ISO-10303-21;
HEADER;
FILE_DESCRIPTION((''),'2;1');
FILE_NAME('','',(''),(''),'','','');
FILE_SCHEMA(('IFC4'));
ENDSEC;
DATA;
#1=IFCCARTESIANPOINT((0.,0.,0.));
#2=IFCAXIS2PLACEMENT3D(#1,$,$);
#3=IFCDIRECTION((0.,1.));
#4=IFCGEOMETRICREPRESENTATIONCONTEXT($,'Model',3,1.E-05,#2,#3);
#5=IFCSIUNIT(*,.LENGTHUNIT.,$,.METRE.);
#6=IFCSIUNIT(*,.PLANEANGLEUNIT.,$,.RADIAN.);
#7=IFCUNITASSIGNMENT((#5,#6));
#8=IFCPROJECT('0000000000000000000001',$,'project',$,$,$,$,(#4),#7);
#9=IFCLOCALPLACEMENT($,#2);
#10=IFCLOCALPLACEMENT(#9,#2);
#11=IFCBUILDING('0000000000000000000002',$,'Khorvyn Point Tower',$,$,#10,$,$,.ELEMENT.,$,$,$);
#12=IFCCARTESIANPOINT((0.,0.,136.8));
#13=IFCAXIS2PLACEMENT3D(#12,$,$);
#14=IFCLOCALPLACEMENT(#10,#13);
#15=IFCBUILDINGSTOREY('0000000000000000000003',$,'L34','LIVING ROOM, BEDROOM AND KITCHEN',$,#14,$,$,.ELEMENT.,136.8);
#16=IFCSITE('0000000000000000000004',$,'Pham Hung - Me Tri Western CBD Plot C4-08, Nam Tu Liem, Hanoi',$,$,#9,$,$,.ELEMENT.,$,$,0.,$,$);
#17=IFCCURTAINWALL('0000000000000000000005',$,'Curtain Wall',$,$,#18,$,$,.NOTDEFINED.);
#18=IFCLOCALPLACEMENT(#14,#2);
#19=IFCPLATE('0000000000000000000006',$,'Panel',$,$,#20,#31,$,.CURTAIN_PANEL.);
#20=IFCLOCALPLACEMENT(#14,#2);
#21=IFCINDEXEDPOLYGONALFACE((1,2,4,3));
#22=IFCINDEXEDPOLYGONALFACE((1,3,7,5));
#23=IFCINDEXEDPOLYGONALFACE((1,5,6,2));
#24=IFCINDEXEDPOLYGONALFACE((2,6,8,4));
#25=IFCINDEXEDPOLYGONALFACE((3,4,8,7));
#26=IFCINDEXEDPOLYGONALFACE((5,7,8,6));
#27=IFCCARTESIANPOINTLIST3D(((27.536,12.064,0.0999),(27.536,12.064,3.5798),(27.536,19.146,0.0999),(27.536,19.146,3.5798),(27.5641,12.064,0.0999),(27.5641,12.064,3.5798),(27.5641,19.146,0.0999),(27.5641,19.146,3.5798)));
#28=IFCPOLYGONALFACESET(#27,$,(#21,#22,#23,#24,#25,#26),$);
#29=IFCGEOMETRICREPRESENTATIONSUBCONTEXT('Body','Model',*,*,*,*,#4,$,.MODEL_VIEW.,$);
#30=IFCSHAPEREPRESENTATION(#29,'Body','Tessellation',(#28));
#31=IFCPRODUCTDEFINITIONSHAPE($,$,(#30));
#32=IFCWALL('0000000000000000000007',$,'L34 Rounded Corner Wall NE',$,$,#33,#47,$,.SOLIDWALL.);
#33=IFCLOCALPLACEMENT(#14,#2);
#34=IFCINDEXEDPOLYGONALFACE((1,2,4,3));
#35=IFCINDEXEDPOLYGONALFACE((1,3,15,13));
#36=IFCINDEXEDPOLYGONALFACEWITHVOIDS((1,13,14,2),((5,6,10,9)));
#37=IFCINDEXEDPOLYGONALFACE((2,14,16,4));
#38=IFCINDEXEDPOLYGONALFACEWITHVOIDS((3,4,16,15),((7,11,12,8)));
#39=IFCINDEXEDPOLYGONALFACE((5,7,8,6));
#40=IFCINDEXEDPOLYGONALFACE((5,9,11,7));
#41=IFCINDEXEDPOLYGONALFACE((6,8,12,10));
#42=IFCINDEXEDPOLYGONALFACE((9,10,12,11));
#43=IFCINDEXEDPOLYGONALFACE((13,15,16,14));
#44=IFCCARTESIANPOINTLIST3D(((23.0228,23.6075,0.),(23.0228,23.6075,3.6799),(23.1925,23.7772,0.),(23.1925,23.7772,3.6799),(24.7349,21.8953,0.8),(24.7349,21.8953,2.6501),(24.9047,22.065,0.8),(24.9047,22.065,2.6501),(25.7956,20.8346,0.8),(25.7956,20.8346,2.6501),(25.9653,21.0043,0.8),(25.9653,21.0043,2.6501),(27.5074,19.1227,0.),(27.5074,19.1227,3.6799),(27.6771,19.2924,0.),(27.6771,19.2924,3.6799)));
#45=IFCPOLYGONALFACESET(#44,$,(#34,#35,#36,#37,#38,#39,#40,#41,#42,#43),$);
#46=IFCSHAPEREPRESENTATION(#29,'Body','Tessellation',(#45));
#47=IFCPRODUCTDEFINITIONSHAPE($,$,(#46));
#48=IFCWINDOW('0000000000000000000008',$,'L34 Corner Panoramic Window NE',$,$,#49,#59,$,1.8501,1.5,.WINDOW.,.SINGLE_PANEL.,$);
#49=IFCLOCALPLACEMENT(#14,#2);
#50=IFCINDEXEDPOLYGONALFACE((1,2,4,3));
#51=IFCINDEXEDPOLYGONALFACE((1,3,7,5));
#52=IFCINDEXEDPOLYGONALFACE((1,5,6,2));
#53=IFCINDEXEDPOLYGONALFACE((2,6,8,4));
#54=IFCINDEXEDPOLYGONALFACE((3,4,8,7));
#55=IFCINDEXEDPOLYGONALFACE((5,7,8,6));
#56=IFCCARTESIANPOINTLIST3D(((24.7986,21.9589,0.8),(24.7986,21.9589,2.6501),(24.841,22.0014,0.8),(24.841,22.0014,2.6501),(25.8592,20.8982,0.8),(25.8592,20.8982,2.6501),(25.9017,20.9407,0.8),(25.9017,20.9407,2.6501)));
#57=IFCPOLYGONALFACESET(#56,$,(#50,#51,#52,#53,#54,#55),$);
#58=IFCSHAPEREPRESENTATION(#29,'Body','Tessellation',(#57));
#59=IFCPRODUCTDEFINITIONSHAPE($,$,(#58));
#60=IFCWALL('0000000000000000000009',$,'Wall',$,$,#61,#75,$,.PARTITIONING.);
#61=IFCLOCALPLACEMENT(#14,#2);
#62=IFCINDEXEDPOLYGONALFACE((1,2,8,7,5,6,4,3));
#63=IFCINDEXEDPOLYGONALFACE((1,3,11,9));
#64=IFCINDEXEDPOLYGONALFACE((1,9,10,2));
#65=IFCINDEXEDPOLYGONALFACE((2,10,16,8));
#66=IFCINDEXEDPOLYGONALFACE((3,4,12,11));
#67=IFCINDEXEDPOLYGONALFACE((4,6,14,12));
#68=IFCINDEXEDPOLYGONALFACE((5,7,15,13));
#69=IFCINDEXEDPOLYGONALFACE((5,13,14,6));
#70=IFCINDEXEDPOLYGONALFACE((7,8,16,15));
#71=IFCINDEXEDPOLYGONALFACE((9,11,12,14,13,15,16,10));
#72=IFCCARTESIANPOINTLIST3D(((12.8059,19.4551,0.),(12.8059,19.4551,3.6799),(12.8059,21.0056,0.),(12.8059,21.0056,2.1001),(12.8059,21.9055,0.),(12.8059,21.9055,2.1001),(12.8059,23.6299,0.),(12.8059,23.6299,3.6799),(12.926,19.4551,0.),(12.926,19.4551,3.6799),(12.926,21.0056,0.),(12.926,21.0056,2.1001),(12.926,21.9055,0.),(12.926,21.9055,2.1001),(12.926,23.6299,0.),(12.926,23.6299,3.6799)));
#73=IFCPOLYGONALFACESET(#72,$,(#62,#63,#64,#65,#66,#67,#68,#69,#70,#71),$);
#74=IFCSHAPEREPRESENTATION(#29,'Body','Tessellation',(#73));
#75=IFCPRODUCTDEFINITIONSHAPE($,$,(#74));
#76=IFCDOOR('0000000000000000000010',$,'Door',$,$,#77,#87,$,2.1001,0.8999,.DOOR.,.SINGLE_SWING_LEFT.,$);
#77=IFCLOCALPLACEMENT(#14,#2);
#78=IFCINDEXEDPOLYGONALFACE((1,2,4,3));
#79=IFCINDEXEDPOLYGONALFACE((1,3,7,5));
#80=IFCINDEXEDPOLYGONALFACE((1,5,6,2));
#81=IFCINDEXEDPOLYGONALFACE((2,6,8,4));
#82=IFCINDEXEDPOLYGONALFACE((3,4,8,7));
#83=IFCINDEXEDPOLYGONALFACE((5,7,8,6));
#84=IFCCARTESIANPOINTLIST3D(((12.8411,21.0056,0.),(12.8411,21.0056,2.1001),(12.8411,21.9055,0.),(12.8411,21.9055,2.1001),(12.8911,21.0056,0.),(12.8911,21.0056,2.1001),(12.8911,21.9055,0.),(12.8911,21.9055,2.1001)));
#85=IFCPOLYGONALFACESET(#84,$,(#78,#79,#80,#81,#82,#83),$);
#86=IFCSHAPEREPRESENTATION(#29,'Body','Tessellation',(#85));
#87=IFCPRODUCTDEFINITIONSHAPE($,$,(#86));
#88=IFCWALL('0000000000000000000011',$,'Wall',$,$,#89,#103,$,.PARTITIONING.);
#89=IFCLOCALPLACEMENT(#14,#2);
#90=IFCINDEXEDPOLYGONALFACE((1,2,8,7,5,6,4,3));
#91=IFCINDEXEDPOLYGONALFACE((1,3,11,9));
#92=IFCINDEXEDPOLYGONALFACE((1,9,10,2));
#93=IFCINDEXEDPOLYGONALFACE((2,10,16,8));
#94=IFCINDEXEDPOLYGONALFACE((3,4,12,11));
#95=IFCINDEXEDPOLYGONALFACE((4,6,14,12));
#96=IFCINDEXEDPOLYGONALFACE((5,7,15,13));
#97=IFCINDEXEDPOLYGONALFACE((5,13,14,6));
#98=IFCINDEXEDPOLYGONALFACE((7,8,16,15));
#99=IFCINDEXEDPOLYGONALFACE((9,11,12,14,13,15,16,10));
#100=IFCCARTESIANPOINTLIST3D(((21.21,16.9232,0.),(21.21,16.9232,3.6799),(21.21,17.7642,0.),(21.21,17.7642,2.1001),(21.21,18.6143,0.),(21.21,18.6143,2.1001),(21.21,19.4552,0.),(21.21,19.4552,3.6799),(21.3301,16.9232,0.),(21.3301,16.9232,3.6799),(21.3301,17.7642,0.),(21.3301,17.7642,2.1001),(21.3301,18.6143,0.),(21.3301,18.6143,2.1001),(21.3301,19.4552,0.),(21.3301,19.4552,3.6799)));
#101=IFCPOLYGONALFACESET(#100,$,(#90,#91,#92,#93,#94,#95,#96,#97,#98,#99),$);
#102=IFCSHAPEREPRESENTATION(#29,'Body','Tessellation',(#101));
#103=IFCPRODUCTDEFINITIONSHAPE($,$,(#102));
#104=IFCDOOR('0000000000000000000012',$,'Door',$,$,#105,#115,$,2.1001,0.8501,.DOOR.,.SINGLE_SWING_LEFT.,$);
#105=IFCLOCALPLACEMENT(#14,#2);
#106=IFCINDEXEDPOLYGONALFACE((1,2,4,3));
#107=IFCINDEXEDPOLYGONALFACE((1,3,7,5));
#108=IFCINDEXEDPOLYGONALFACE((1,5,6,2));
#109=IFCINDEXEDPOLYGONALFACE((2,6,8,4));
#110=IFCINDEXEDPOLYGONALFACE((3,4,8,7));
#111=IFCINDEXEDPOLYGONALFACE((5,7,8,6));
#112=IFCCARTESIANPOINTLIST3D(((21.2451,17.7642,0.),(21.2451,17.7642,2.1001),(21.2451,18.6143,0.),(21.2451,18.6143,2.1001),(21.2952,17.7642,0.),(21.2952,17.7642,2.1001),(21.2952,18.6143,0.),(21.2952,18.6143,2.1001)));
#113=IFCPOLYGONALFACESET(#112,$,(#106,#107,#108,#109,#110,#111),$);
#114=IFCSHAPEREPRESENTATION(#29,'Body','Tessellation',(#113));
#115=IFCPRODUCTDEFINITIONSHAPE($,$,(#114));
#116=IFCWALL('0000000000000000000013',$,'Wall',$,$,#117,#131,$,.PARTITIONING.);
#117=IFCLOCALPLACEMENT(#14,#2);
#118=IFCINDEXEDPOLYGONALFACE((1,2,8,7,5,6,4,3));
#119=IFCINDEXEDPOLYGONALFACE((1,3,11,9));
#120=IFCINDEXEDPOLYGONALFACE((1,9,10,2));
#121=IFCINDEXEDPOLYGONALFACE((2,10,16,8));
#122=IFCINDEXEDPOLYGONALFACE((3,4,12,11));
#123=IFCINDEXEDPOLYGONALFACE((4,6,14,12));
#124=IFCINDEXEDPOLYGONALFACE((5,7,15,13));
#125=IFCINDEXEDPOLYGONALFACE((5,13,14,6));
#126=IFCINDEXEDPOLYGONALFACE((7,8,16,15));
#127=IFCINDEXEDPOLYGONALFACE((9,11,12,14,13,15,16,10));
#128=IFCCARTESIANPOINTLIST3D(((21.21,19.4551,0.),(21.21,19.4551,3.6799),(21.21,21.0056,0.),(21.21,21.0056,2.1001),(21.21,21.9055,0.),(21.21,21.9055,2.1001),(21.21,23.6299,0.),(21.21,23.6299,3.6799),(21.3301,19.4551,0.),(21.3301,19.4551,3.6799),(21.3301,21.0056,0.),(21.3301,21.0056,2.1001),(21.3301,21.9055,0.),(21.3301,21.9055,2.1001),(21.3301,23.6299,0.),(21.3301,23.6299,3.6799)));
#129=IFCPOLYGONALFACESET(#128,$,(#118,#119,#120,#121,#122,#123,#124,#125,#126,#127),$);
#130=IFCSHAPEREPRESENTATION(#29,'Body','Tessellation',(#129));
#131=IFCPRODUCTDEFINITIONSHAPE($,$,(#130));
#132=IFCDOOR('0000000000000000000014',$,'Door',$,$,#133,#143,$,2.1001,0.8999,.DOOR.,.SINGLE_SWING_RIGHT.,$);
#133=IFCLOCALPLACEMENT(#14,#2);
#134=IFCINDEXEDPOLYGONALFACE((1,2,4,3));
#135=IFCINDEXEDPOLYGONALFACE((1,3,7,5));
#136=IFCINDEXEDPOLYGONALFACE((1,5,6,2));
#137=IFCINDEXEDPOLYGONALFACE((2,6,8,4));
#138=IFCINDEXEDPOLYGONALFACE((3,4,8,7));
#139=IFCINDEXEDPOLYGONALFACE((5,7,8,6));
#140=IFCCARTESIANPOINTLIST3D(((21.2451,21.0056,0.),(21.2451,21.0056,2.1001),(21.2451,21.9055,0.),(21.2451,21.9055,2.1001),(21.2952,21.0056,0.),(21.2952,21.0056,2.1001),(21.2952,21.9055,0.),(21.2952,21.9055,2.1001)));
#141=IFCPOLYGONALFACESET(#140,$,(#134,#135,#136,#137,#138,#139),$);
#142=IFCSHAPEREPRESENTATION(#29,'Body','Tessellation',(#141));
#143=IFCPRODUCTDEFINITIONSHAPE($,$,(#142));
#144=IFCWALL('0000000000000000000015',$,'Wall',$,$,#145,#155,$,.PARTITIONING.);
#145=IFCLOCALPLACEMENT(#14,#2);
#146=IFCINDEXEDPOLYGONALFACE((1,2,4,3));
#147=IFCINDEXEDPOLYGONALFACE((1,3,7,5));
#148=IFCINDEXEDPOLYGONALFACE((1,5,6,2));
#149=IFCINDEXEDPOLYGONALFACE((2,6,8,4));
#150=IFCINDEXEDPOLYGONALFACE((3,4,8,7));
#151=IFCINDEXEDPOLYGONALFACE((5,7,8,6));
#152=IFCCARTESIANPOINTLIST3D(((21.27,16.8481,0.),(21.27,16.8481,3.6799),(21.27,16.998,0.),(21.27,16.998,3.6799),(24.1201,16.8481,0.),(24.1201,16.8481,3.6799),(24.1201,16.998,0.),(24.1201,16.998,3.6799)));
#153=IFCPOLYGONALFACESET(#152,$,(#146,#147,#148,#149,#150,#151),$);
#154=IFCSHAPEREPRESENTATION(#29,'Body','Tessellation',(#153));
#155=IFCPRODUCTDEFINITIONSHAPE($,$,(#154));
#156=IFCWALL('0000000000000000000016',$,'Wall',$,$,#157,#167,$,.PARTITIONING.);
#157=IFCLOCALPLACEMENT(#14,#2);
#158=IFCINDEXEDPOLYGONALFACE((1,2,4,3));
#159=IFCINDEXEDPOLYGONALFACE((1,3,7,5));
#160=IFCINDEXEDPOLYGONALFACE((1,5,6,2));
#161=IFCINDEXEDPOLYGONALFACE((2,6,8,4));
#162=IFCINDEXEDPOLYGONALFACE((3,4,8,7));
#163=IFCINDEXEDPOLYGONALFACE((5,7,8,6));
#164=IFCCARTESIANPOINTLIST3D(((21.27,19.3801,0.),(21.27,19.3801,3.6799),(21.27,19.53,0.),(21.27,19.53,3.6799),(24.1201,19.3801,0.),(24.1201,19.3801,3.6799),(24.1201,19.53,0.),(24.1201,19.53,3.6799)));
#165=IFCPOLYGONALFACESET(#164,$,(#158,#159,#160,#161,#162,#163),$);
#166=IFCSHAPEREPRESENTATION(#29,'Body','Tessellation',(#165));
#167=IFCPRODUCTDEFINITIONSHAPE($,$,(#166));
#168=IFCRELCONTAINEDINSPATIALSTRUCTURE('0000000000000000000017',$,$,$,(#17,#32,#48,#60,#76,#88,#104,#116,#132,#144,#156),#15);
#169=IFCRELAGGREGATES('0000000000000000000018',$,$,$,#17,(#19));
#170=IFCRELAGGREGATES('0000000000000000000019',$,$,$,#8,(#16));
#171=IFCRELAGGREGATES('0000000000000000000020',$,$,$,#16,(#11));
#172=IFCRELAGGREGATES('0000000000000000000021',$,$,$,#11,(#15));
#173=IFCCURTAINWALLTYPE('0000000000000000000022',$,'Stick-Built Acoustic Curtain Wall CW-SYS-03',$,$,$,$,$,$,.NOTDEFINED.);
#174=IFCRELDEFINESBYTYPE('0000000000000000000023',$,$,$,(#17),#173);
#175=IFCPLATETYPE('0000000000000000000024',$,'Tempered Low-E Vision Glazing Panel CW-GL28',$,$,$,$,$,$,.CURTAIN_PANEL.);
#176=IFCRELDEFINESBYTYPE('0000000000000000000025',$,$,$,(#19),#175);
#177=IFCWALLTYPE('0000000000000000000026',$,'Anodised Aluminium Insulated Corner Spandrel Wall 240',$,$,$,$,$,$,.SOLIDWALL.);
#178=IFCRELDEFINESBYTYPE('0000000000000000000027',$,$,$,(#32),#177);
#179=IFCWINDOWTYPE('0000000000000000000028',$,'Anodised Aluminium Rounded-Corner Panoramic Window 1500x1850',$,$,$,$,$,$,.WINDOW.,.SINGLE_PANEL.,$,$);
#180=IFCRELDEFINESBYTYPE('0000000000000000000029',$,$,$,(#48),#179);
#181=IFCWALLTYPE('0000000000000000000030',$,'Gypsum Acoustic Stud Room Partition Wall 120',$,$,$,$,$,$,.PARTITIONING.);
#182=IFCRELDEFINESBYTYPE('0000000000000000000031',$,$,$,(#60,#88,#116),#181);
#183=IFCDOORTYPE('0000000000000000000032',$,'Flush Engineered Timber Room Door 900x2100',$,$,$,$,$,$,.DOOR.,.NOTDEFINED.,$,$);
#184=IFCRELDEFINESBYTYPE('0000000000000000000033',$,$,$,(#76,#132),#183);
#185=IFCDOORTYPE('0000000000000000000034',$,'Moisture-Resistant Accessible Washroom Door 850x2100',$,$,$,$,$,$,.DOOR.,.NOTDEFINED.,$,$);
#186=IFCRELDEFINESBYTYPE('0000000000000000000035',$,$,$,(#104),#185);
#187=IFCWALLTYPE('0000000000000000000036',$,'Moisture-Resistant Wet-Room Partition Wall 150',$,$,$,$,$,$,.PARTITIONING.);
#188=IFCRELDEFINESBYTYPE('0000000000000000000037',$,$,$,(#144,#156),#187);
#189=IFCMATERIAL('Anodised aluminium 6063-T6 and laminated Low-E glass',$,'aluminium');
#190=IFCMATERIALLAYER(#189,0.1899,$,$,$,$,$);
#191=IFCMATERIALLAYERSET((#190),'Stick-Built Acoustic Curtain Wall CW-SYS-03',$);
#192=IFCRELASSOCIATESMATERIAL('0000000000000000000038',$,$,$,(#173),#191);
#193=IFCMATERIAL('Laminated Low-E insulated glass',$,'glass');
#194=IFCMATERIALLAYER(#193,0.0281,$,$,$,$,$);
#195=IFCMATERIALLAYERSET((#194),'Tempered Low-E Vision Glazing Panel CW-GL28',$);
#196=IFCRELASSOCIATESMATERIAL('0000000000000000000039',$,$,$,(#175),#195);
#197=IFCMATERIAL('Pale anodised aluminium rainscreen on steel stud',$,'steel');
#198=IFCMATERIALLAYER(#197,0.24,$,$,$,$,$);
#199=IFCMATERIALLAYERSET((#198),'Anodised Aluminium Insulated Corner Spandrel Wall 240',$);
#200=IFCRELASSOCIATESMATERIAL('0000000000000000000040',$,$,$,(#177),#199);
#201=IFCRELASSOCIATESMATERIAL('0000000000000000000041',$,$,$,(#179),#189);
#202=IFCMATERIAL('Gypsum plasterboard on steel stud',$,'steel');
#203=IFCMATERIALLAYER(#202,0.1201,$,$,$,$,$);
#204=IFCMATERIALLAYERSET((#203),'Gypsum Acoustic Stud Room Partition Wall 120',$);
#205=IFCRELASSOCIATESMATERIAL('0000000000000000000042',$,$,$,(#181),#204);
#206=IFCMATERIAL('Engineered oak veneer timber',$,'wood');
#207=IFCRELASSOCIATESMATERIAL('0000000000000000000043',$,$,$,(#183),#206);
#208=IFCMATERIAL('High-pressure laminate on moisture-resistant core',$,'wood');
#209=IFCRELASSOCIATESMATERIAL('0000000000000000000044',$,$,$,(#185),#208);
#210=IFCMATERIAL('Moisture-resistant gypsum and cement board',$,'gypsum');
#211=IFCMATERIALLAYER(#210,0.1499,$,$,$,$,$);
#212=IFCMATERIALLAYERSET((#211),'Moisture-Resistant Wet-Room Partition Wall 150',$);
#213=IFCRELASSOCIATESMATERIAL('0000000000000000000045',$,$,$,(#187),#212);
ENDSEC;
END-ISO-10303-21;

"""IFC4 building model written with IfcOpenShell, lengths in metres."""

from ifc_helpers import new_model, si_unit, direction, frame, frame_2d, origin, origin_2d, place, context, subcontext, project, spatial, rectangle, extrude, material, layer, layer_set, type_object, element, fill, aggregate, save


model = new_model("IFC4")

# Units and contexts
model_context = context("Model", 3, precision=1e-05, world=origin(), true_north=direction((0.0, 1.0)))
body_context = subcontext(model_context, "Body", "Model", "MODEL_VIEW")
ifc_project = project(units=[si_unit("LENGTHUNIT", "METRE"), si_unit("PLANEANGLEUNIT", "RADIAN")], contexts=[model_context])

# Site, building, storey
site_placement = place(None, origin())
site = spatial("IfcSite", under=ifc_project, at=site_placement, Name="Pham Hung - Me Tri Western CBD Plot C4-08, Nam Tu Liem, Hanoi", CompositionType="ELEMENT", RefElevation=0.0)
building_placement = place(site_placement, origin())
building = spatial("IfcBuilding", under=site, at=building_placement, Name="Khorvyn Point Tower", CompositionType="ELEMENT")
storey_placement = place(building_placement, frame((0.0, 0.0, 136.8)))
storey = spatial("IfcBuildingStorey", under=building, at=storey_placement, Name="L34", Description="LIVING ROOM, BEDROOM AND KITCHEN", CompositionType="ELEMENT", Elevation=136.8)

# Shared definitions
ifc_material_1 = material(Name="Anodised aluminium 6063-T6 and laminated Low-E glass", Category="aluminium")
ifc_layer_1 = layer(ifc_material_1, 0.1899)
ifc_layer_set_1 = layer_set([ifc_layer_1], Name="Stick-Built Acoustic Curtain Wall CW-SYS-03")
curtain_wall_type = type_object("IfcCurtainWallType", Name="Stick-Built Acoustic Curtain Wall CW-SYS-03", PredefinedType="NOTDEFINED", material=ifc_layer_set_1)

# Curtain wall
curtain_wall_1_placement = place(storey_placement, origin())
curtain_wall_1 = element("IfcCurtainWall", 1, at=curtain_wall_1_placement, inside=storey, type_object=curtain_wall_type, Name="Curtain Wall", PredefinedType="NOTDEFINED")

# Plate
ifc_material_2 = material(Name="Laminated Low-E insulated glass", Category="glass")
ifc_layer_2 = layer(ifc_material_2, 0.0281)
ifc_layer_set_2 = layer_set([ifc_layer_2], Name="Tempered Low-E Vision Glazing Panel CW-GL28")
plate_type = type_object("IfcPlateType", Name="Tempered Low-E Vision Glazing Panel CW-GL28", PredefinedType="CURTAIN_PANEL", material=ifc_layer_set_2)
plate_1_placement = place(storey_placement, frame((27.55, 15.605, 0.0999), z_axis=(0.0, 0.0, 1.0), x_axis=(0.0, -1.0, 0.0)))
plate_1 = element("IfcPlate", 2, at=plate_1_placement, type_object=plate_type, Name="Panel", PredefinedType="CURTAIN_PANEL", context=body_context, shape_type="SweptSolid", body=[
    extrude(rectangle(XDim=7.082, YDim=0.0281, at=origin_2d()), origin(), (0.0, 0.0, 1.0), 3.48),
])
aggregate(curtain_wall_1, [plate_1])

# Wall, opening, window
ifc_material_3 = material(Name="Pale anodised aluminium rainscreen on steel stud", Category="steel")
ifc_layer_3 = layer(ifc_material_3, 0.24)
ifc_layer_set_3 = layer_set([ifc_layer_3], Name="Anodised Aluminium Insulated Corner Spandrel Wall 240")
wall_type_1 = type_object("IfcWallType", Name="Anodised Aluminium Insulated Corner Spandrel Wall 240", PredefinedType="SOLIDWALL", material=ifc_layer_set_3)
wall_1_placement = place(storey_placement, frame((23.1077, 23.6924, 0.0), z_axis=(0.0, 0.0, 1.0), x_axis=(0.707088, -0.707126, 0.0)))
wall_1 = element("IfcWall", 3, at=wall_1_placement, inside=storey, type_object=wall_type_1, Name="L34 Rounded Corner Wall NE", PredefinedType="SOLIDWALL", context=body_context, shape_type="SweptSolid", body=[
    extrude(rectangle(XDim=6.3423, YDim=0.24, at=frame_2d((3.1711, 0.0))), origin(), (0.0, 0.0, 1.0), 3.6799),
])
opening_1_placement = place(wall_1_placement, frame((2.4214, 0.0, 0.8)))
opening_1 = element("IfcOpeningElement", 4, at=opening_1_placement, cuts=wall_1, PredefinedType="OPENING", context=body_context, shape_type="SweptSolid", body=[
    extrude(rectangle(XDim=1.5, YDim=1.8501, at=frame_2d((0.75, 0.925))), frame((0.0, 0.1299, 0.0), z_axis=(0.0, -1.0, 0.0), x_axis=(1.0, 0.0, 0.0)), (0.0, 0.0, 1.0), 0.26),
])
window_type = type_object("IfcWindowType", Name="Anodised Aluminium Rounded-Corner Panoramic Window 1500x1850", PartitioningType="SINGLE_PANEL", PredefinedType="WINDOW", material=ifc_material_1)
window_placement = place(opening_1_placement, origin())
window = element("IfcWindow", 5, at=window_placement, inside=storey, type_object=window_type, Name="L34 Corner Panoramic Window NE", OverallHeight=1.8501, OverallWidth=1.5, PartitioningType="SINGLE_PANEL", PredefinedType="WINDOW", context=body_context, shape_type="SweptSolid", body=[
    extrude(rectangle(XDim=1.5, YDim=1.8501, at=frame_2d((0.75, 0.925))), frame((0.0, 0.03, 0.0), z_axis=(0.0, -1.0, 0.0), x_axis=(1.0, 0.0, 0.0)), (0.0, 0.0, 1.0), 0.0601),
])
fill(opening_1, window)

# Walls, openings, doors
ifc_material_4 = material(Name="Gypsum plasterboard on steel stud", Category="steel")
ifc_layer_4 = layer(ifc_material_4, 0.1201)
ifc_layer_set_4 = layer_set([ifc_layer_4], Name="Gypsum Acoustic Stud Room Partition Wall 120")
wall_type_2 = type_object("IfcWallType", Name="Gypsum Acoustic Stud Room Partition Wall 120", PredefinedType="PARTITIONING", material=ifc_layer_set_4)
wall_2_placement = place(storey_placement, frame((12.866, 19.4551, 0.0), z_axis=(0.0, 0.0, 1.0), x_axis=(0.0, 1.0, 0.0)))
wall_2 = element("IfcWall", 6, at=wall_2_placement, inside=storey, type_object=wall_type_2, Name="Wall", PredefinedType="PARTITIONING", context=body_context, shape_type="SweptSolid", body=[
    extrude(rectangle(XDim=4.1748, YDim=0.1201, at=frame_2d((2.0874, 0.0))), origin(), (0.0, 0.0, 1.0), 3.6799),
])
opening_2_placement = place(wall_2_placement, frame((1.5505, 0.0, 0.0)))
opening_2 = element("IfcOpeningElement", 7, at=opening_2_placement, cuts=wall_2, PredefinedType="OPENING", context=body_context, shape_type="SweptSolid", body=[
    extrude(rectangle(XDim=0.8999, YDim=2.1001, at=frame_2d((0.45, 1.05))), frame((0.0, 0.0701, 0.0), z_axis=(0.0, -1.0, 0.0), x_axis=(1.0, 0.0, 0.0)), (0.0, 0.0, 1.0), 0.1401),
])
ifc_material_5 = material(Name="Engineered oak veneer timber", Category="wood")
door_type_1 = type_object("IfcDoorType", Name="Flush Engineered Timber Room Door 900x2100", OperationType="NOTDEFINED", PredefinedType="DOOR", material=ifc_material_5)
door_1_placement = place(opening_2_placement, origin())
door_1 = element("IfcDoor", 8, at=door_1_placement, inside=storey, type_object=door_type_1, Name="Door", OperationType="SINGLE_SWING_LEFT", OverallHeight=2.1001, OverallWidth=0.8999, PredefinedType="DOOR", context=body_context, shape_type="SweptSolid", body=[
    extrude(rectangle(XDim=0.8999, YDim=2.1001, at=frame_2d((0.45, 1.05))), frame((0.0, 0.0249, 0.0), z_axis=(0.0, -1.0, 0.0), x_axis=(1.0, 0.0, 0.0)), (0.0, 0.0, 1.0), 0.05),
])
fill(opening_2, door_1)
wall_3_placement = place(storey_placement, frame((21.27, 16.9231, 0.0), z_axis=(0.0, 0.0, 1.0), x_axis=(0.0, 1.0, 0.0)))
wall_3 = element("IfcWall", 9, at=wall_3_placement, inside=storey, type_object=wall_type_2, Name="Wall", PredefinedType="PARTITIONING", context=body_context, shape_type="SweptSolid", body=[
    extrude(rectangle(XDim=2.532, YDim=0.1201, at=frame_2d((1.2661, 0.0))), origin(), (0.0, 0.0, 1.0), 3.6799),
])
opening_3_placement = place(wall_3_placement, frame((0.8411, 0.0, 0.0)))
opening_3 = element("IfcOpeningElement", 10, at=opening_3_placement, cuts=wall_3, PredefinedType="OPENING", context=body_context, shape_type="SweptSolid", body=[
    extrude(rectangle(XDim=0.8501, YDim=2.1001, at=frame_2d((0.425, 1.05))), frame((0.0, 0.0701, 0.0), z_axis=(0.0, -1.0, 0.0), x_axis=(1.0, 0.0, 0.0)), (0.0, 0.0, 1.0), 0.1401),
])
ifc_material_6 = material(Name="High-pressure laminate on moisture-resistant core", Category="wood")
door_type_2 = type_object("IfcDoorType", Name="Moisture-Resistant Accessible Washroom Door 850x2100", OperationType="NOTDEFINED", PredefinedType="DOOR", material=ifc_material_6)
door_2_placement = place(opening_3_placement, origin())
door_2 = element("IfcDoor", 11, at=door_2_placement, inside=storey, type_object=door_type_2, Name="Door", OperationType="SINGLE_SWING_LEFT", OverallHeight=2.1001, OverallWidth=0.8501, PredefinedType="DOOR", context=body_context, shape_type="SweptSolid", body=[
    extrude(rectangle(XDim=0.8501, YDim=2.1001, at=frame_2d((0.425, 1.05))), frame((0.0, 0.0249, 0.0), z_axis=(0.0, -1.0, 0.0), x_axis=(1.0, 0.0, 0.0)), (0.0, 0.0, 1.0), 0.05),
])
fill(opening_3, door_2)
wall_4_placement = place(storey_placement, frame((21.27, 19.4551, 0.0), z_axis=(0.0, 0.0, 1.0), x_axis=(0.0, 1.0, 0.0)))
wall_4 = element("IfcWall", 12, at=wall_4_placement, inside=storey, type_object=wall_type_2, Name="Wall", PredefinedType="PARTITIONING", context=body_context, shape_type="SweptSolid", body=[
    extrude(rectangle(XDim=4.1748, YDim=0.1201, at=frame_2d((2.0874, 0.0))), origin(), (0.0, 0.0, 1.0), 3.6799),
])
opening_4_placement = place(wall_4_placement, frame((1.5505, 0.0, 0.0)))
opening_4 = element("IfcOpeningElement", 13, at=opening_4_placement, cuts=wall_4, PredefinedType="OPENING", context=body_context, shape_type="SweptSolid", body=[
    extrude(rectangle(XDim=0.8999, YDim=2.1001, at=frame_2d((0.45, 1.05))), frame((0.0, 0.0701, 0.0), z_axis=(0.0, -1.0, 0.0), x_axis=(1.0, 0.0, 0.0)), (0.0, 0.0, 1.0), 0.1401),
])
door_3_placement = place(opening_4_placement, origin())
door_3 = element("IfcDoor", 14, at=door_3_placement, inside=storey, type_object=door_type_1, Name="Door", OperationType="SINGLE_SWING_RIGHT", OverallHeight=2.1001, OverallWidth=0.8999, PredefinedType="DOOR", context=body_context, shape_type="SweptSolid", body=[
    extrude(rectangle(XDim=0.8999, YDim=2.1001, at=frame_2d((0.45, 1.05))), frame((0.0, 0.0249, 0.0), z_axis=(0.0, -1.0, 0.0), x_axis=(1.0, 0.0, 0.0)), (0.0, 0.0, 1.0), 0.05),
])
fill(opening_4, door_3)

# Walls
ifc_material_7 = material(Name="Moisture-resistant gypsum and cement board", Category="gypsum")
ifc_layer_5 = layer(ifc_material_7, 0.1499)
ifc_layer_set_5 = layer_set([ifc_layer_5], Name="Moisture-Resistant Wet-Room Partition Wall 150")
wall_type_3 = type_object("IfcWallType", Name="Moisture-Resistant Wet-Room Partition Wall 150", PredefinedType="PARTITIONING", material=ifc_layer_set_5)
for number, where, z_axis, x_axis, name in (
    (15, (21.27, 16.9231, 0.0), (0.0, 0.0, 1.0), (1.0, 0.0, 0.0), "Wall"),
    (16, (21.27, 19.4551, 0.0), (0.0, 0.0, 1.0), (1.0, 0.0, 0.0), "Wall"),
):
    element("IfcWall", number, at=place(storey_placement, frame(where, z_axis=z_axis, x_axis=x_axis)), inside=storey, type_object=wall_type_3, Name=name, PredefinedType="PARTITIONING", context=body_context, shape_type="SweptSolid", body=[
        extrude(rectangle(XDim=2.8501, YDim=0.1499, at=frame_2d((1.425, 0.0))), origin(), (0.0, 0.0, 1.0), 3.6799),
    ])

save(model, "model.ifc")
